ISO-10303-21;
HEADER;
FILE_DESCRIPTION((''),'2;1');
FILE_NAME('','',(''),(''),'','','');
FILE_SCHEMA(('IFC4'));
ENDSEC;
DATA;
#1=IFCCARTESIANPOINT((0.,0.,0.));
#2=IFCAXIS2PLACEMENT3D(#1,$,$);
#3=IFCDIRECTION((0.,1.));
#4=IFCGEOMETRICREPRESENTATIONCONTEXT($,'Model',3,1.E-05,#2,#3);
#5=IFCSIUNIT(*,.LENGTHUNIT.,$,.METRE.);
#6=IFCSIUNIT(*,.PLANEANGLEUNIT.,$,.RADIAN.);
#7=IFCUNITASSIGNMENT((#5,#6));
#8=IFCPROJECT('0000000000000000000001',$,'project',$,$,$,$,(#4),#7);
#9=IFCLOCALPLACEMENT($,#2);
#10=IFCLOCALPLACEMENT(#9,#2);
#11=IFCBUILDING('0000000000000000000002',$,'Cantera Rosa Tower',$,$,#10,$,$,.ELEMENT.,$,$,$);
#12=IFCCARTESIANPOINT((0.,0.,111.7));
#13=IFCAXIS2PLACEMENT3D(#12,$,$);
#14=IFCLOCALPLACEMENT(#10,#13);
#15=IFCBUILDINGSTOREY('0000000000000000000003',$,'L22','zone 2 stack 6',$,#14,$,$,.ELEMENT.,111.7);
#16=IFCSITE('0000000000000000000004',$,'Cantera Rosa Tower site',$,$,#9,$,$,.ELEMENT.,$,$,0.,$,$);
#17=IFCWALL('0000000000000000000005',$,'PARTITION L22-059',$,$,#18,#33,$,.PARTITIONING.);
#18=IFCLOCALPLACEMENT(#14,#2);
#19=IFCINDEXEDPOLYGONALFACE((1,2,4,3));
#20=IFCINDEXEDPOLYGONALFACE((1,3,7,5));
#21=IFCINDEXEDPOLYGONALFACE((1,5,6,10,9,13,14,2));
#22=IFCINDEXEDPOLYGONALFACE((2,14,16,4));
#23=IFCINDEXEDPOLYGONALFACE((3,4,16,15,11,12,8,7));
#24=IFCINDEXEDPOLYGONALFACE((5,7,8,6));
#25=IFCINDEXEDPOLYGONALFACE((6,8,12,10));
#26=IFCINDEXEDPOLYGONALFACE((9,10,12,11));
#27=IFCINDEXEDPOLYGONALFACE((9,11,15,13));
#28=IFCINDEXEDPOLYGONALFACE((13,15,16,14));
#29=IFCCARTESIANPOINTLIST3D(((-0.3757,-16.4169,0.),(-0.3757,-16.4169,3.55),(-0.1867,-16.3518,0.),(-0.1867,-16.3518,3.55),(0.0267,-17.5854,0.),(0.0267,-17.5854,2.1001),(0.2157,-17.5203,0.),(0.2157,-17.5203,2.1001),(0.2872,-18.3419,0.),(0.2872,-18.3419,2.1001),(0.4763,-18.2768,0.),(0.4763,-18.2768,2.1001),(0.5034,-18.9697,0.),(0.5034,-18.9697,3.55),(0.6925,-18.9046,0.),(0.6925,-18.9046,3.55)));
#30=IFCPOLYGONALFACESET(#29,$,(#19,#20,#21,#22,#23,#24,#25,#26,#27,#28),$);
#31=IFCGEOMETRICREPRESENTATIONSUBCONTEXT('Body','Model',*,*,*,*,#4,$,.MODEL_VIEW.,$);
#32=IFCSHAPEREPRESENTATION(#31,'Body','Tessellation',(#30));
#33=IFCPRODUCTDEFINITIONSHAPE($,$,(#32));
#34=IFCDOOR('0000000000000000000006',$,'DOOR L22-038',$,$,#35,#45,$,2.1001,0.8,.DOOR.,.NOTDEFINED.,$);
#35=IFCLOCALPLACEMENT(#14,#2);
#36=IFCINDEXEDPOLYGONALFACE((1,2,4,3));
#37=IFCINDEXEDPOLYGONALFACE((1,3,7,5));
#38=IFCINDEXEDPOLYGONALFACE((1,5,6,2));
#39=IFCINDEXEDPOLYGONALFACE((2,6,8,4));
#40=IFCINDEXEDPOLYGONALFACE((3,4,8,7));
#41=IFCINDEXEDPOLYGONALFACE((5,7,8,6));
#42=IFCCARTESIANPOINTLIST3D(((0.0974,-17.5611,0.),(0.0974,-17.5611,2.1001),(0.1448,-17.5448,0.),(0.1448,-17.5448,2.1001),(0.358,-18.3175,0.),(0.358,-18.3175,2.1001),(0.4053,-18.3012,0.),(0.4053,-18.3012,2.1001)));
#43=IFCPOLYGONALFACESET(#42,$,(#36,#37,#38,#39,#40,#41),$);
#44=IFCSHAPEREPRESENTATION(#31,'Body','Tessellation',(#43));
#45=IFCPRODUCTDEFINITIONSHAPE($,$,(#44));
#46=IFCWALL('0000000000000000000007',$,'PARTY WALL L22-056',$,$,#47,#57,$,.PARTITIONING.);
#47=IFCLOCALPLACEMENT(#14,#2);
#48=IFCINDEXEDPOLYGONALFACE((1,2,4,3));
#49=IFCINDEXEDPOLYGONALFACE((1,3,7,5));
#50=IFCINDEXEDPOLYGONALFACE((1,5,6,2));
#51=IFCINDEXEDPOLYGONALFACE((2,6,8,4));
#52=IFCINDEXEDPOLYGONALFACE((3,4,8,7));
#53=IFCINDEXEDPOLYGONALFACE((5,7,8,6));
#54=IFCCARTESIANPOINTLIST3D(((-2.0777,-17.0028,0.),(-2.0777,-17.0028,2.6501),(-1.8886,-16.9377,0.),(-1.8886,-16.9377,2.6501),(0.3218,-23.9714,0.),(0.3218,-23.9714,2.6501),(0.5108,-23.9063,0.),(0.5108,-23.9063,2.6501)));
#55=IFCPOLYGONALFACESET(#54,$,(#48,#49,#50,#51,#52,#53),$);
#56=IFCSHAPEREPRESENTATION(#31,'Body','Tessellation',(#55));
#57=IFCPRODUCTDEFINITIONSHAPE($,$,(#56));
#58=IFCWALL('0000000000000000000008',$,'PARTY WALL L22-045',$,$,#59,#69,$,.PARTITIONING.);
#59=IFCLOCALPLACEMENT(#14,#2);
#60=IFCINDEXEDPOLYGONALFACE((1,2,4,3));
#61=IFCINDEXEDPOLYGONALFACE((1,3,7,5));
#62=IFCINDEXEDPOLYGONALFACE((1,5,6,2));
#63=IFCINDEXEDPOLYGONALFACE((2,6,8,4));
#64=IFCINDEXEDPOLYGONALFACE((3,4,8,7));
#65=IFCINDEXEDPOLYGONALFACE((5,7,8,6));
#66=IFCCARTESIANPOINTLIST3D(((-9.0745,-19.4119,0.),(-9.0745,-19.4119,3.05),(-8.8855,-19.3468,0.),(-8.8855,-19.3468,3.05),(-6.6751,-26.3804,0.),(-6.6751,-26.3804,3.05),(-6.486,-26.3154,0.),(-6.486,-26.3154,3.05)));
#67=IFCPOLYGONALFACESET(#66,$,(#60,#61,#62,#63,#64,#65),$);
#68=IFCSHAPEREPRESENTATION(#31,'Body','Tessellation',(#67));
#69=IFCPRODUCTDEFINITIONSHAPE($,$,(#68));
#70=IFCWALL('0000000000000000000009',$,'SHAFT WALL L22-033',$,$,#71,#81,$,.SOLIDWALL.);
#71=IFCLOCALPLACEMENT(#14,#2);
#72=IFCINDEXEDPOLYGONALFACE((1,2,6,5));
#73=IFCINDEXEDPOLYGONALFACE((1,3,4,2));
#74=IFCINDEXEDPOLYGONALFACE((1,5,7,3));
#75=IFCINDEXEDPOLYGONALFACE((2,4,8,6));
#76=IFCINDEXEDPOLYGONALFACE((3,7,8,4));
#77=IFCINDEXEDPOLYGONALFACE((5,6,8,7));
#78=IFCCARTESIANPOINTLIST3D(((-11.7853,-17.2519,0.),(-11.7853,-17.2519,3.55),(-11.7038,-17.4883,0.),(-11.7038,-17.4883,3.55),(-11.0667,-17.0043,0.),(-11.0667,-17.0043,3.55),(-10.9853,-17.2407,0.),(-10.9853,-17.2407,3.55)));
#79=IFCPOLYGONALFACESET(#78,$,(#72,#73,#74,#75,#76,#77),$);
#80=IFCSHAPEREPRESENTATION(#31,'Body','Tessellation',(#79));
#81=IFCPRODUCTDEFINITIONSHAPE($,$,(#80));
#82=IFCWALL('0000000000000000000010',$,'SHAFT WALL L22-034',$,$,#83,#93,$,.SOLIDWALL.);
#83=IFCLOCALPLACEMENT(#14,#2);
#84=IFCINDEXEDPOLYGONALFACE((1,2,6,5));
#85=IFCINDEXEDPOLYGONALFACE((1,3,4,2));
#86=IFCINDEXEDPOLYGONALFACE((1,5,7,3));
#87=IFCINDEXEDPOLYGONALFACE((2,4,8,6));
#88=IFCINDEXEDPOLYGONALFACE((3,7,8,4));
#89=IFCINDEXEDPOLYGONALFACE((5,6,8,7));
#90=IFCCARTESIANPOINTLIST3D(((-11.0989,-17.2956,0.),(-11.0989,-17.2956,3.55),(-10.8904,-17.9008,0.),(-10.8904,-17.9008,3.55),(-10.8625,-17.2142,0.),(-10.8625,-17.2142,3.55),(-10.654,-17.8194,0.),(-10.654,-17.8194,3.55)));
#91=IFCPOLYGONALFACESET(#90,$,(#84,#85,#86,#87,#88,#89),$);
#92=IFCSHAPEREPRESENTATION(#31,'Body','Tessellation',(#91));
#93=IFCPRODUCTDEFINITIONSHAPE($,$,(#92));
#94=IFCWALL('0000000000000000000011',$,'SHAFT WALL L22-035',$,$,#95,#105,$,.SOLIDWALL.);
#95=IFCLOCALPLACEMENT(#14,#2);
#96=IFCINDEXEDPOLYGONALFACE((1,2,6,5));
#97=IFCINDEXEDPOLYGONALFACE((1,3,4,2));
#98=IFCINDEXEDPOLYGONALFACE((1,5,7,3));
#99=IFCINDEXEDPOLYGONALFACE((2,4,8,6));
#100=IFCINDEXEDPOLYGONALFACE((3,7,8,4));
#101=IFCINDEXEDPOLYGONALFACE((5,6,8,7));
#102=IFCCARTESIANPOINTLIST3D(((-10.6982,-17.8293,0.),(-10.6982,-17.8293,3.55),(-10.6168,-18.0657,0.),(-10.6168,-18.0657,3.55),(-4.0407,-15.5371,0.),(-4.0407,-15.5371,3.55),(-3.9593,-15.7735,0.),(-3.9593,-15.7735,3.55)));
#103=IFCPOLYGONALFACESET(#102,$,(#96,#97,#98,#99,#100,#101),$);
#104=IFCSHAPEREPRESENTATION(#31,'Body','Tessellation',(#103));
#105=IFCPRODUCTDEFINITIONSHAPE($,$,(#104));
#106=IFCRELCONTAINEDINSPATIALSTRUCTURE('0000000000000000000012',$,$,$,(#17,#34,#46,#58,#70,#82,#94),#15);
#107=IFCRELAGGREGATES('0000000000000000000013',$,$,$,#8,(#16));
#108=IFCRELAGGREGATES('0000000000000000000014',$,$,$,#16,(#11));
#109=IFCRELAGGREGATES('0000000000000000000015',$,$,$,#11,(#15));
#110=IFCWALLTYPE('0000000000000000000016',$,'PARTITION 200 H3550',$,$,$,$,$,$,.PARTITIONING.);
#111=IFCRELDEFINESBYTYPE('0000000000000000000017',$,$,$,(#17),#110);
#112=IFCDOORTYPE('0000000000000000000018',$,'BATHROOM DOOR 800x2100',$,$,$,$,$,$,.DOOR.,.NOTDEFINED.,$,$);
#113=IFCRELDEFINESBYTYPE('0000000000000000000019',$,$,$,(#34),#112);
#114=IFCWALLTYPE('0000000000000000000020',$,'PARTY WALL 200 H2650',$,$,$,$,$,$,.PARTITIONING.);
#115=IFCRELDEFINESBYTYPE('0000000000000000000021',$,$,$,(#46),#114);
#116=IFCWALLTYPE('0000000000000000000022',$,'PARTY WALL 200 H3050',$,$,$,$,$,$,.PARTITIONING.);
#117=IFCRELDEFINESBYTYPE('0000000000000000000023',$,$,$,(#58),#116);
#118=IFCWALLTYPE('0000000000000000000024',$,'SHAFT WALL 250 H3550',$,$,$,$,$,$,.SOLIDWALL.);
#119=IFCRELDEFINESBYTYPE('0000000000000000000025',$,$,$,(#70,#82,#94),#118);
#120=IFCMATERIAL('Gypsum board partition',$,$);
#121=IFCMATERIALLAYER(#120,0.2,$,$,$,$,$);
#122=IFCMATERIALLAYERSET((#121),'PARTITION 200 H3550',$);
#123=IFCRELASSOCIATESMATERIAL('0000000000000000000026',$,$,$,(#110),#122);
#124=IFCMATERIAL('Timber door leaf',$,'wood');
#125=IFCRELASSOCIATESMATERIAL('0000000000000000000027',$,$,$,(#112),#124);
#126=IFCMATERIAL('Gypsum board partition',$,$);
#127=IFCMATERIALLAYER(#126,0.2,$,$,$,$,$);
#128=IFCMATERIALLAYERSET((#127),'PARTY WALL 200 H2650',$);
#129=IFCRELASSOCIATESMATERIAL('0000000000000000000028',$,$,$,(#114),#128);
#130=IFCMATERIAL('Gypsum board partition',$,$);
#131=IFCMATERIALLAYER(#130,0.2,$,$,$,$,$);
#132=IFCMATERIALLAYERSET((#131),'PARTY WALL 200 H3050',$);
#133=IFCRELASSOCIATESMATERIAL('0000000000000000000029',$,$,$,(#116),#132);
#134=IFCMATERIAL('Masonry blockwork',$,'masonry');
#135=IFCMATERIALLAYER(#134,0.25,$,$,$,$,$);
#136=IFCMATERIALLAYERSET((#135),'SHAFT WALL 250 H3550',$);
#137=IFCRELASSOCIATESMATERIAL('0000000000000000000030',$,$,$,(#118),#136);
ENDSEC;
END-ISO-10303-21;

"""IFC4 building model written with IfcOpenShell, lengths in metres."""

from ifc_helpers import new_model, si_unit, direction, frame, frame_2d, origin, place, context, subcontext, project, spatial, rectangle, extrude, material, layer, layer_set, type_object, element, fill, save


model = new_model("IFC4")

# Units and contexts
model_context = context("Model", 3, precision=1e-05, world=origin(), true_north=direction((0.0, 1.0)))
body_context = subcontext(model_context, "Body", "Model", "MODEL_VIEW")
ifc_project = project(units=[si_unit("LENGTHUNIT", "METRE"), si_unit("PLANEANGLEUNIT", "RADIAN")], contexts=[model_context])

# Site, building, storey
site_placement = place(None, origin())
site = spatial("IfcSite", under=ifc_project, at=site_placement, Name="Cantera Rosa Tower site", CompositionType="ELEMENT", RefElevation=0.0)
building_placement = place(site_placement, origin())
building = spatial("IfcBuilding", under=site, at=building_placement, Name="Cantera Rosa Tower", CompositionType="ELEMENT")
storey_placement = place(building_placement, frame((0.0, 0.0, 111.7)))
storey = spatial("IfcBuildingStorey", under=building, at=storey_placement, Name="L22", Description="zone 2 stack 6", CompositionType="ELEMENT", Elevation=111.7)

# Shared definitions
ifc_material_1 = material(Name="Gypsum board partition")
ifc_layer_1 = layer(ifc_material_1, 0.2)
ifc_layer_set_1 = layer_set([ifc_layer_1], Name="PARTITION 200 H3550")
wall_type_1 = type_object("IfcWallType", Name="PARTITION 200 H3550", PredefinedType="PARTITIONING", material=ifc_layer_set_1)
ifc_material_2 = material(Name="Timber door leaf", Category="wood")
door_type_1 = type_object("IfcDoorType", Name="BATHROOM DOOR 800x2100", OperationType="NOTDEFINED", PredefinedType="DOOR", material=ifc_material_2)

# Wall, opening, door
wall_1_placement = place(storey_placement, frame((-0.2812, -16.3843, 0.0), z_axis=(0.0, 0.0, 1.0), x_axis=(0.325626, -0.945499, 0.0)))
wall_1 = element("IfcWall", 1, at=wall_1_placement, inside=storey, type_object=wall_type_1, Name="PARTITION L22-059", PredefinedType="PARTITIONING", context=body_context, shape_type="SweptSolid", body=[
    extrude(rectangle(XDim=2.7, YDim=0.2, at=frame_2d((1.3501, 0.0))), origin(), (0.0, 0.0, 1.0), 3.55),
])
opening_1_placement = place(wall_1_placement, frame((1.2361, 0.0, 0.0)))
opening_1 = element("IfcOpeningElement", 2, at=opening_1_placement, cuts=wall_1, PredefinedType="OPENING", context=body_context, shape_type="SweptSolid", body=[
    extrude(rectangle(XDim=0.8, YDim=2.1001, at=frame_2d((0.3999, 1.05))), frame((0.0, 0.1099, 0.0), z_axis=(0.0, -1.0, 0.0), x_axis=(1.0, 0.0, 0.0)), (0.0, 0.0, 1.0), 0.22),
])
door_1_placement = place(opening_1_placement, origin())
door_1 = element("IfcDoor", 3, at=door_1_placement, inside=storey, type_object=door_type_1, Name="DOOR L22-038", OperationType="NOTDEFINED", OverallHeight=2.1001, OverallWidth=0.8, PredefinedType="DOOR", context=body_context, shape_type="SweptSolid", body=[
    extrude(rectangle(XDim=0.8, YDim=2.1001, at=frame_2d((0.3999, 1.05))), frame((0.0, 0.0249, 0.0), z_axis=(0.0, -1.0, 0.0), x_axis=(1.0, 0.0, 0.0)), (0.0, 0.0, 1.0), 0.05),
])
fill(opening_1, door_1)

# Walls
ifc_material_3 = material(Name="Gypsum board partition")
ifc_layer_2 = layer(ifc_material_3, 0.2)
ifc_layer_set_2 = layer_set([ifc_layer_2], Name="PARTY WALL 200 H2650")
wall_type_2 = type_object("IfcWallType", Name="PARTY WALL 200 H2650", PredefinedType="PARTITIONING", material=ifc_layer_set_2)
wall_2_placement = place(storey_placement, frame((-1.9832, -16.9702, 0.0), z_axis=(0.0, 0.0, 1.0), x_axis=(0.325564, -0.94552, 0.0)))
element("IfcWall", 4, at=wall_2_placement, inside=storey, type_object=wall_type_2, Name="PARTY WALL L22-056", PredefinedType="PARTITIONING", context=body_context, shape_type="SweptSolid", body=[
    extrude(rectangle(XDim=7.3701, YDim=0.2, at=frame_2d((3.6851, 0.0))), origin(), (0.0, 0.0, 1.0), 2.6501),
])
ifc_material_4 = material(Name="Gypsum board partition")
ifc_layer_3 = layer(ifc_material_4, 0.2)
ifc_layer_set_3 = layer_set([ifc_layer_3], Name="PARTY WALL 200 H3050")
wall_type_3 = type_object("IfcWallType", Name="PARTY WALL 200 H3050", PredefinedType="PARTITIONING", material=ifc_layer_set_3)
wall_3_placement = place(storey_placement, frame((-6.5806, -26.3479, 0.0), z_axis=(0.0, 0.0, 1.0), x_axis=(-0.325564, 0.94552, 0.0)))
element("IfcWall", 5, at=wall_3_placement, inside=storey, type_object=wall_type_3, Name="PARTY WALL L22-045", PredefinedType="PARTITIONING", context=body_context, shape_type="SweptSolid", body=[
    extrude(rectangle(XDim=7.3701, YDim=0.2, at=frame_2d((3.6851, 0.0))), origin(), (0.0, 0.0, 1.0), 3.05),
])
ifc_material_5 = material(Name="Masonry blockwork", Category="masonry")
ifc_layer_4 = layer(ifc_material_5, 0.25)
ifc_layer_set_4 = layer_set([ifc_layer_4], Name="SHAFT WALL 250 H3550")
wall_type_4 = type_object("IfcWallType", Name="SHAFT WALL 250 H3550", PredefinedType="SOLIDWALL", material=ifc_layer_set_4)
wall_4_placement = place(storey_placement, frame((-11.0261, -17.1226, 0.0), z_axis=(0.0, 0.0, 1.0), x_axis=(-0.945455, -0.325753, 0.0)))
element("IfcWall", 6, at=wall_4_placement, inside=storey, type_object=wall_type_4, Name="SHAFT WALL L22-033", PredefinedType="SOLIDWALL", context=body_context, shape_type="SweptSolid", body=[
    extrude(rectangle(XDim=0.76, YDim=0.25, at=frame_2d((0.3799, 0.0))), origin(), (0.0, 0.0, 1.0), 3.55),
])
wall_5_placement = place(storey_placement, frame((-10.7722, -17.8601, 0.0), z_axis=(0.0, 0.0, 1.0), x_axis=(-0.325709, 0.94547, 0.0)))
element("IfcWall", 7, at=wall_5_placement, inside=storey, type_object=wall_type_4, Name="SHAFT WALL L22-034", PredefinedType="SOLIDWALL", context=body_context, shape_type="SweptSolid", body=[
    extrude(rectangle(XDim=0.6401, YDim=0.25, at=frame_2d((0.3201, 0.0))), origin(), (0.0, 0.0, 1.0), 3.55),
])
wall_6_placement = place(storey_placement, frame((-10.6575, -17.9475, 0.0), z_axis=(0.0, 0.0, 1.0), x_axis=(0.945524, 0.325554, 0.0)))
element("IfcWall", 8, at=wall_6_placement, inside=storey, type_object=wall_type_4, Name="SHAFT WALL L22-035", PredefinedType="SOLIDWALL", context=body_context, shape_type="SweptSolid", body=[
    extrude(rectangle(XDim=7.041, YDim=0.25, at=frame_2d((3.5205, 0.0))), origin(), (0.0, 0.0, 1.0), 3.55),
])

save(model, "model.ifc")
